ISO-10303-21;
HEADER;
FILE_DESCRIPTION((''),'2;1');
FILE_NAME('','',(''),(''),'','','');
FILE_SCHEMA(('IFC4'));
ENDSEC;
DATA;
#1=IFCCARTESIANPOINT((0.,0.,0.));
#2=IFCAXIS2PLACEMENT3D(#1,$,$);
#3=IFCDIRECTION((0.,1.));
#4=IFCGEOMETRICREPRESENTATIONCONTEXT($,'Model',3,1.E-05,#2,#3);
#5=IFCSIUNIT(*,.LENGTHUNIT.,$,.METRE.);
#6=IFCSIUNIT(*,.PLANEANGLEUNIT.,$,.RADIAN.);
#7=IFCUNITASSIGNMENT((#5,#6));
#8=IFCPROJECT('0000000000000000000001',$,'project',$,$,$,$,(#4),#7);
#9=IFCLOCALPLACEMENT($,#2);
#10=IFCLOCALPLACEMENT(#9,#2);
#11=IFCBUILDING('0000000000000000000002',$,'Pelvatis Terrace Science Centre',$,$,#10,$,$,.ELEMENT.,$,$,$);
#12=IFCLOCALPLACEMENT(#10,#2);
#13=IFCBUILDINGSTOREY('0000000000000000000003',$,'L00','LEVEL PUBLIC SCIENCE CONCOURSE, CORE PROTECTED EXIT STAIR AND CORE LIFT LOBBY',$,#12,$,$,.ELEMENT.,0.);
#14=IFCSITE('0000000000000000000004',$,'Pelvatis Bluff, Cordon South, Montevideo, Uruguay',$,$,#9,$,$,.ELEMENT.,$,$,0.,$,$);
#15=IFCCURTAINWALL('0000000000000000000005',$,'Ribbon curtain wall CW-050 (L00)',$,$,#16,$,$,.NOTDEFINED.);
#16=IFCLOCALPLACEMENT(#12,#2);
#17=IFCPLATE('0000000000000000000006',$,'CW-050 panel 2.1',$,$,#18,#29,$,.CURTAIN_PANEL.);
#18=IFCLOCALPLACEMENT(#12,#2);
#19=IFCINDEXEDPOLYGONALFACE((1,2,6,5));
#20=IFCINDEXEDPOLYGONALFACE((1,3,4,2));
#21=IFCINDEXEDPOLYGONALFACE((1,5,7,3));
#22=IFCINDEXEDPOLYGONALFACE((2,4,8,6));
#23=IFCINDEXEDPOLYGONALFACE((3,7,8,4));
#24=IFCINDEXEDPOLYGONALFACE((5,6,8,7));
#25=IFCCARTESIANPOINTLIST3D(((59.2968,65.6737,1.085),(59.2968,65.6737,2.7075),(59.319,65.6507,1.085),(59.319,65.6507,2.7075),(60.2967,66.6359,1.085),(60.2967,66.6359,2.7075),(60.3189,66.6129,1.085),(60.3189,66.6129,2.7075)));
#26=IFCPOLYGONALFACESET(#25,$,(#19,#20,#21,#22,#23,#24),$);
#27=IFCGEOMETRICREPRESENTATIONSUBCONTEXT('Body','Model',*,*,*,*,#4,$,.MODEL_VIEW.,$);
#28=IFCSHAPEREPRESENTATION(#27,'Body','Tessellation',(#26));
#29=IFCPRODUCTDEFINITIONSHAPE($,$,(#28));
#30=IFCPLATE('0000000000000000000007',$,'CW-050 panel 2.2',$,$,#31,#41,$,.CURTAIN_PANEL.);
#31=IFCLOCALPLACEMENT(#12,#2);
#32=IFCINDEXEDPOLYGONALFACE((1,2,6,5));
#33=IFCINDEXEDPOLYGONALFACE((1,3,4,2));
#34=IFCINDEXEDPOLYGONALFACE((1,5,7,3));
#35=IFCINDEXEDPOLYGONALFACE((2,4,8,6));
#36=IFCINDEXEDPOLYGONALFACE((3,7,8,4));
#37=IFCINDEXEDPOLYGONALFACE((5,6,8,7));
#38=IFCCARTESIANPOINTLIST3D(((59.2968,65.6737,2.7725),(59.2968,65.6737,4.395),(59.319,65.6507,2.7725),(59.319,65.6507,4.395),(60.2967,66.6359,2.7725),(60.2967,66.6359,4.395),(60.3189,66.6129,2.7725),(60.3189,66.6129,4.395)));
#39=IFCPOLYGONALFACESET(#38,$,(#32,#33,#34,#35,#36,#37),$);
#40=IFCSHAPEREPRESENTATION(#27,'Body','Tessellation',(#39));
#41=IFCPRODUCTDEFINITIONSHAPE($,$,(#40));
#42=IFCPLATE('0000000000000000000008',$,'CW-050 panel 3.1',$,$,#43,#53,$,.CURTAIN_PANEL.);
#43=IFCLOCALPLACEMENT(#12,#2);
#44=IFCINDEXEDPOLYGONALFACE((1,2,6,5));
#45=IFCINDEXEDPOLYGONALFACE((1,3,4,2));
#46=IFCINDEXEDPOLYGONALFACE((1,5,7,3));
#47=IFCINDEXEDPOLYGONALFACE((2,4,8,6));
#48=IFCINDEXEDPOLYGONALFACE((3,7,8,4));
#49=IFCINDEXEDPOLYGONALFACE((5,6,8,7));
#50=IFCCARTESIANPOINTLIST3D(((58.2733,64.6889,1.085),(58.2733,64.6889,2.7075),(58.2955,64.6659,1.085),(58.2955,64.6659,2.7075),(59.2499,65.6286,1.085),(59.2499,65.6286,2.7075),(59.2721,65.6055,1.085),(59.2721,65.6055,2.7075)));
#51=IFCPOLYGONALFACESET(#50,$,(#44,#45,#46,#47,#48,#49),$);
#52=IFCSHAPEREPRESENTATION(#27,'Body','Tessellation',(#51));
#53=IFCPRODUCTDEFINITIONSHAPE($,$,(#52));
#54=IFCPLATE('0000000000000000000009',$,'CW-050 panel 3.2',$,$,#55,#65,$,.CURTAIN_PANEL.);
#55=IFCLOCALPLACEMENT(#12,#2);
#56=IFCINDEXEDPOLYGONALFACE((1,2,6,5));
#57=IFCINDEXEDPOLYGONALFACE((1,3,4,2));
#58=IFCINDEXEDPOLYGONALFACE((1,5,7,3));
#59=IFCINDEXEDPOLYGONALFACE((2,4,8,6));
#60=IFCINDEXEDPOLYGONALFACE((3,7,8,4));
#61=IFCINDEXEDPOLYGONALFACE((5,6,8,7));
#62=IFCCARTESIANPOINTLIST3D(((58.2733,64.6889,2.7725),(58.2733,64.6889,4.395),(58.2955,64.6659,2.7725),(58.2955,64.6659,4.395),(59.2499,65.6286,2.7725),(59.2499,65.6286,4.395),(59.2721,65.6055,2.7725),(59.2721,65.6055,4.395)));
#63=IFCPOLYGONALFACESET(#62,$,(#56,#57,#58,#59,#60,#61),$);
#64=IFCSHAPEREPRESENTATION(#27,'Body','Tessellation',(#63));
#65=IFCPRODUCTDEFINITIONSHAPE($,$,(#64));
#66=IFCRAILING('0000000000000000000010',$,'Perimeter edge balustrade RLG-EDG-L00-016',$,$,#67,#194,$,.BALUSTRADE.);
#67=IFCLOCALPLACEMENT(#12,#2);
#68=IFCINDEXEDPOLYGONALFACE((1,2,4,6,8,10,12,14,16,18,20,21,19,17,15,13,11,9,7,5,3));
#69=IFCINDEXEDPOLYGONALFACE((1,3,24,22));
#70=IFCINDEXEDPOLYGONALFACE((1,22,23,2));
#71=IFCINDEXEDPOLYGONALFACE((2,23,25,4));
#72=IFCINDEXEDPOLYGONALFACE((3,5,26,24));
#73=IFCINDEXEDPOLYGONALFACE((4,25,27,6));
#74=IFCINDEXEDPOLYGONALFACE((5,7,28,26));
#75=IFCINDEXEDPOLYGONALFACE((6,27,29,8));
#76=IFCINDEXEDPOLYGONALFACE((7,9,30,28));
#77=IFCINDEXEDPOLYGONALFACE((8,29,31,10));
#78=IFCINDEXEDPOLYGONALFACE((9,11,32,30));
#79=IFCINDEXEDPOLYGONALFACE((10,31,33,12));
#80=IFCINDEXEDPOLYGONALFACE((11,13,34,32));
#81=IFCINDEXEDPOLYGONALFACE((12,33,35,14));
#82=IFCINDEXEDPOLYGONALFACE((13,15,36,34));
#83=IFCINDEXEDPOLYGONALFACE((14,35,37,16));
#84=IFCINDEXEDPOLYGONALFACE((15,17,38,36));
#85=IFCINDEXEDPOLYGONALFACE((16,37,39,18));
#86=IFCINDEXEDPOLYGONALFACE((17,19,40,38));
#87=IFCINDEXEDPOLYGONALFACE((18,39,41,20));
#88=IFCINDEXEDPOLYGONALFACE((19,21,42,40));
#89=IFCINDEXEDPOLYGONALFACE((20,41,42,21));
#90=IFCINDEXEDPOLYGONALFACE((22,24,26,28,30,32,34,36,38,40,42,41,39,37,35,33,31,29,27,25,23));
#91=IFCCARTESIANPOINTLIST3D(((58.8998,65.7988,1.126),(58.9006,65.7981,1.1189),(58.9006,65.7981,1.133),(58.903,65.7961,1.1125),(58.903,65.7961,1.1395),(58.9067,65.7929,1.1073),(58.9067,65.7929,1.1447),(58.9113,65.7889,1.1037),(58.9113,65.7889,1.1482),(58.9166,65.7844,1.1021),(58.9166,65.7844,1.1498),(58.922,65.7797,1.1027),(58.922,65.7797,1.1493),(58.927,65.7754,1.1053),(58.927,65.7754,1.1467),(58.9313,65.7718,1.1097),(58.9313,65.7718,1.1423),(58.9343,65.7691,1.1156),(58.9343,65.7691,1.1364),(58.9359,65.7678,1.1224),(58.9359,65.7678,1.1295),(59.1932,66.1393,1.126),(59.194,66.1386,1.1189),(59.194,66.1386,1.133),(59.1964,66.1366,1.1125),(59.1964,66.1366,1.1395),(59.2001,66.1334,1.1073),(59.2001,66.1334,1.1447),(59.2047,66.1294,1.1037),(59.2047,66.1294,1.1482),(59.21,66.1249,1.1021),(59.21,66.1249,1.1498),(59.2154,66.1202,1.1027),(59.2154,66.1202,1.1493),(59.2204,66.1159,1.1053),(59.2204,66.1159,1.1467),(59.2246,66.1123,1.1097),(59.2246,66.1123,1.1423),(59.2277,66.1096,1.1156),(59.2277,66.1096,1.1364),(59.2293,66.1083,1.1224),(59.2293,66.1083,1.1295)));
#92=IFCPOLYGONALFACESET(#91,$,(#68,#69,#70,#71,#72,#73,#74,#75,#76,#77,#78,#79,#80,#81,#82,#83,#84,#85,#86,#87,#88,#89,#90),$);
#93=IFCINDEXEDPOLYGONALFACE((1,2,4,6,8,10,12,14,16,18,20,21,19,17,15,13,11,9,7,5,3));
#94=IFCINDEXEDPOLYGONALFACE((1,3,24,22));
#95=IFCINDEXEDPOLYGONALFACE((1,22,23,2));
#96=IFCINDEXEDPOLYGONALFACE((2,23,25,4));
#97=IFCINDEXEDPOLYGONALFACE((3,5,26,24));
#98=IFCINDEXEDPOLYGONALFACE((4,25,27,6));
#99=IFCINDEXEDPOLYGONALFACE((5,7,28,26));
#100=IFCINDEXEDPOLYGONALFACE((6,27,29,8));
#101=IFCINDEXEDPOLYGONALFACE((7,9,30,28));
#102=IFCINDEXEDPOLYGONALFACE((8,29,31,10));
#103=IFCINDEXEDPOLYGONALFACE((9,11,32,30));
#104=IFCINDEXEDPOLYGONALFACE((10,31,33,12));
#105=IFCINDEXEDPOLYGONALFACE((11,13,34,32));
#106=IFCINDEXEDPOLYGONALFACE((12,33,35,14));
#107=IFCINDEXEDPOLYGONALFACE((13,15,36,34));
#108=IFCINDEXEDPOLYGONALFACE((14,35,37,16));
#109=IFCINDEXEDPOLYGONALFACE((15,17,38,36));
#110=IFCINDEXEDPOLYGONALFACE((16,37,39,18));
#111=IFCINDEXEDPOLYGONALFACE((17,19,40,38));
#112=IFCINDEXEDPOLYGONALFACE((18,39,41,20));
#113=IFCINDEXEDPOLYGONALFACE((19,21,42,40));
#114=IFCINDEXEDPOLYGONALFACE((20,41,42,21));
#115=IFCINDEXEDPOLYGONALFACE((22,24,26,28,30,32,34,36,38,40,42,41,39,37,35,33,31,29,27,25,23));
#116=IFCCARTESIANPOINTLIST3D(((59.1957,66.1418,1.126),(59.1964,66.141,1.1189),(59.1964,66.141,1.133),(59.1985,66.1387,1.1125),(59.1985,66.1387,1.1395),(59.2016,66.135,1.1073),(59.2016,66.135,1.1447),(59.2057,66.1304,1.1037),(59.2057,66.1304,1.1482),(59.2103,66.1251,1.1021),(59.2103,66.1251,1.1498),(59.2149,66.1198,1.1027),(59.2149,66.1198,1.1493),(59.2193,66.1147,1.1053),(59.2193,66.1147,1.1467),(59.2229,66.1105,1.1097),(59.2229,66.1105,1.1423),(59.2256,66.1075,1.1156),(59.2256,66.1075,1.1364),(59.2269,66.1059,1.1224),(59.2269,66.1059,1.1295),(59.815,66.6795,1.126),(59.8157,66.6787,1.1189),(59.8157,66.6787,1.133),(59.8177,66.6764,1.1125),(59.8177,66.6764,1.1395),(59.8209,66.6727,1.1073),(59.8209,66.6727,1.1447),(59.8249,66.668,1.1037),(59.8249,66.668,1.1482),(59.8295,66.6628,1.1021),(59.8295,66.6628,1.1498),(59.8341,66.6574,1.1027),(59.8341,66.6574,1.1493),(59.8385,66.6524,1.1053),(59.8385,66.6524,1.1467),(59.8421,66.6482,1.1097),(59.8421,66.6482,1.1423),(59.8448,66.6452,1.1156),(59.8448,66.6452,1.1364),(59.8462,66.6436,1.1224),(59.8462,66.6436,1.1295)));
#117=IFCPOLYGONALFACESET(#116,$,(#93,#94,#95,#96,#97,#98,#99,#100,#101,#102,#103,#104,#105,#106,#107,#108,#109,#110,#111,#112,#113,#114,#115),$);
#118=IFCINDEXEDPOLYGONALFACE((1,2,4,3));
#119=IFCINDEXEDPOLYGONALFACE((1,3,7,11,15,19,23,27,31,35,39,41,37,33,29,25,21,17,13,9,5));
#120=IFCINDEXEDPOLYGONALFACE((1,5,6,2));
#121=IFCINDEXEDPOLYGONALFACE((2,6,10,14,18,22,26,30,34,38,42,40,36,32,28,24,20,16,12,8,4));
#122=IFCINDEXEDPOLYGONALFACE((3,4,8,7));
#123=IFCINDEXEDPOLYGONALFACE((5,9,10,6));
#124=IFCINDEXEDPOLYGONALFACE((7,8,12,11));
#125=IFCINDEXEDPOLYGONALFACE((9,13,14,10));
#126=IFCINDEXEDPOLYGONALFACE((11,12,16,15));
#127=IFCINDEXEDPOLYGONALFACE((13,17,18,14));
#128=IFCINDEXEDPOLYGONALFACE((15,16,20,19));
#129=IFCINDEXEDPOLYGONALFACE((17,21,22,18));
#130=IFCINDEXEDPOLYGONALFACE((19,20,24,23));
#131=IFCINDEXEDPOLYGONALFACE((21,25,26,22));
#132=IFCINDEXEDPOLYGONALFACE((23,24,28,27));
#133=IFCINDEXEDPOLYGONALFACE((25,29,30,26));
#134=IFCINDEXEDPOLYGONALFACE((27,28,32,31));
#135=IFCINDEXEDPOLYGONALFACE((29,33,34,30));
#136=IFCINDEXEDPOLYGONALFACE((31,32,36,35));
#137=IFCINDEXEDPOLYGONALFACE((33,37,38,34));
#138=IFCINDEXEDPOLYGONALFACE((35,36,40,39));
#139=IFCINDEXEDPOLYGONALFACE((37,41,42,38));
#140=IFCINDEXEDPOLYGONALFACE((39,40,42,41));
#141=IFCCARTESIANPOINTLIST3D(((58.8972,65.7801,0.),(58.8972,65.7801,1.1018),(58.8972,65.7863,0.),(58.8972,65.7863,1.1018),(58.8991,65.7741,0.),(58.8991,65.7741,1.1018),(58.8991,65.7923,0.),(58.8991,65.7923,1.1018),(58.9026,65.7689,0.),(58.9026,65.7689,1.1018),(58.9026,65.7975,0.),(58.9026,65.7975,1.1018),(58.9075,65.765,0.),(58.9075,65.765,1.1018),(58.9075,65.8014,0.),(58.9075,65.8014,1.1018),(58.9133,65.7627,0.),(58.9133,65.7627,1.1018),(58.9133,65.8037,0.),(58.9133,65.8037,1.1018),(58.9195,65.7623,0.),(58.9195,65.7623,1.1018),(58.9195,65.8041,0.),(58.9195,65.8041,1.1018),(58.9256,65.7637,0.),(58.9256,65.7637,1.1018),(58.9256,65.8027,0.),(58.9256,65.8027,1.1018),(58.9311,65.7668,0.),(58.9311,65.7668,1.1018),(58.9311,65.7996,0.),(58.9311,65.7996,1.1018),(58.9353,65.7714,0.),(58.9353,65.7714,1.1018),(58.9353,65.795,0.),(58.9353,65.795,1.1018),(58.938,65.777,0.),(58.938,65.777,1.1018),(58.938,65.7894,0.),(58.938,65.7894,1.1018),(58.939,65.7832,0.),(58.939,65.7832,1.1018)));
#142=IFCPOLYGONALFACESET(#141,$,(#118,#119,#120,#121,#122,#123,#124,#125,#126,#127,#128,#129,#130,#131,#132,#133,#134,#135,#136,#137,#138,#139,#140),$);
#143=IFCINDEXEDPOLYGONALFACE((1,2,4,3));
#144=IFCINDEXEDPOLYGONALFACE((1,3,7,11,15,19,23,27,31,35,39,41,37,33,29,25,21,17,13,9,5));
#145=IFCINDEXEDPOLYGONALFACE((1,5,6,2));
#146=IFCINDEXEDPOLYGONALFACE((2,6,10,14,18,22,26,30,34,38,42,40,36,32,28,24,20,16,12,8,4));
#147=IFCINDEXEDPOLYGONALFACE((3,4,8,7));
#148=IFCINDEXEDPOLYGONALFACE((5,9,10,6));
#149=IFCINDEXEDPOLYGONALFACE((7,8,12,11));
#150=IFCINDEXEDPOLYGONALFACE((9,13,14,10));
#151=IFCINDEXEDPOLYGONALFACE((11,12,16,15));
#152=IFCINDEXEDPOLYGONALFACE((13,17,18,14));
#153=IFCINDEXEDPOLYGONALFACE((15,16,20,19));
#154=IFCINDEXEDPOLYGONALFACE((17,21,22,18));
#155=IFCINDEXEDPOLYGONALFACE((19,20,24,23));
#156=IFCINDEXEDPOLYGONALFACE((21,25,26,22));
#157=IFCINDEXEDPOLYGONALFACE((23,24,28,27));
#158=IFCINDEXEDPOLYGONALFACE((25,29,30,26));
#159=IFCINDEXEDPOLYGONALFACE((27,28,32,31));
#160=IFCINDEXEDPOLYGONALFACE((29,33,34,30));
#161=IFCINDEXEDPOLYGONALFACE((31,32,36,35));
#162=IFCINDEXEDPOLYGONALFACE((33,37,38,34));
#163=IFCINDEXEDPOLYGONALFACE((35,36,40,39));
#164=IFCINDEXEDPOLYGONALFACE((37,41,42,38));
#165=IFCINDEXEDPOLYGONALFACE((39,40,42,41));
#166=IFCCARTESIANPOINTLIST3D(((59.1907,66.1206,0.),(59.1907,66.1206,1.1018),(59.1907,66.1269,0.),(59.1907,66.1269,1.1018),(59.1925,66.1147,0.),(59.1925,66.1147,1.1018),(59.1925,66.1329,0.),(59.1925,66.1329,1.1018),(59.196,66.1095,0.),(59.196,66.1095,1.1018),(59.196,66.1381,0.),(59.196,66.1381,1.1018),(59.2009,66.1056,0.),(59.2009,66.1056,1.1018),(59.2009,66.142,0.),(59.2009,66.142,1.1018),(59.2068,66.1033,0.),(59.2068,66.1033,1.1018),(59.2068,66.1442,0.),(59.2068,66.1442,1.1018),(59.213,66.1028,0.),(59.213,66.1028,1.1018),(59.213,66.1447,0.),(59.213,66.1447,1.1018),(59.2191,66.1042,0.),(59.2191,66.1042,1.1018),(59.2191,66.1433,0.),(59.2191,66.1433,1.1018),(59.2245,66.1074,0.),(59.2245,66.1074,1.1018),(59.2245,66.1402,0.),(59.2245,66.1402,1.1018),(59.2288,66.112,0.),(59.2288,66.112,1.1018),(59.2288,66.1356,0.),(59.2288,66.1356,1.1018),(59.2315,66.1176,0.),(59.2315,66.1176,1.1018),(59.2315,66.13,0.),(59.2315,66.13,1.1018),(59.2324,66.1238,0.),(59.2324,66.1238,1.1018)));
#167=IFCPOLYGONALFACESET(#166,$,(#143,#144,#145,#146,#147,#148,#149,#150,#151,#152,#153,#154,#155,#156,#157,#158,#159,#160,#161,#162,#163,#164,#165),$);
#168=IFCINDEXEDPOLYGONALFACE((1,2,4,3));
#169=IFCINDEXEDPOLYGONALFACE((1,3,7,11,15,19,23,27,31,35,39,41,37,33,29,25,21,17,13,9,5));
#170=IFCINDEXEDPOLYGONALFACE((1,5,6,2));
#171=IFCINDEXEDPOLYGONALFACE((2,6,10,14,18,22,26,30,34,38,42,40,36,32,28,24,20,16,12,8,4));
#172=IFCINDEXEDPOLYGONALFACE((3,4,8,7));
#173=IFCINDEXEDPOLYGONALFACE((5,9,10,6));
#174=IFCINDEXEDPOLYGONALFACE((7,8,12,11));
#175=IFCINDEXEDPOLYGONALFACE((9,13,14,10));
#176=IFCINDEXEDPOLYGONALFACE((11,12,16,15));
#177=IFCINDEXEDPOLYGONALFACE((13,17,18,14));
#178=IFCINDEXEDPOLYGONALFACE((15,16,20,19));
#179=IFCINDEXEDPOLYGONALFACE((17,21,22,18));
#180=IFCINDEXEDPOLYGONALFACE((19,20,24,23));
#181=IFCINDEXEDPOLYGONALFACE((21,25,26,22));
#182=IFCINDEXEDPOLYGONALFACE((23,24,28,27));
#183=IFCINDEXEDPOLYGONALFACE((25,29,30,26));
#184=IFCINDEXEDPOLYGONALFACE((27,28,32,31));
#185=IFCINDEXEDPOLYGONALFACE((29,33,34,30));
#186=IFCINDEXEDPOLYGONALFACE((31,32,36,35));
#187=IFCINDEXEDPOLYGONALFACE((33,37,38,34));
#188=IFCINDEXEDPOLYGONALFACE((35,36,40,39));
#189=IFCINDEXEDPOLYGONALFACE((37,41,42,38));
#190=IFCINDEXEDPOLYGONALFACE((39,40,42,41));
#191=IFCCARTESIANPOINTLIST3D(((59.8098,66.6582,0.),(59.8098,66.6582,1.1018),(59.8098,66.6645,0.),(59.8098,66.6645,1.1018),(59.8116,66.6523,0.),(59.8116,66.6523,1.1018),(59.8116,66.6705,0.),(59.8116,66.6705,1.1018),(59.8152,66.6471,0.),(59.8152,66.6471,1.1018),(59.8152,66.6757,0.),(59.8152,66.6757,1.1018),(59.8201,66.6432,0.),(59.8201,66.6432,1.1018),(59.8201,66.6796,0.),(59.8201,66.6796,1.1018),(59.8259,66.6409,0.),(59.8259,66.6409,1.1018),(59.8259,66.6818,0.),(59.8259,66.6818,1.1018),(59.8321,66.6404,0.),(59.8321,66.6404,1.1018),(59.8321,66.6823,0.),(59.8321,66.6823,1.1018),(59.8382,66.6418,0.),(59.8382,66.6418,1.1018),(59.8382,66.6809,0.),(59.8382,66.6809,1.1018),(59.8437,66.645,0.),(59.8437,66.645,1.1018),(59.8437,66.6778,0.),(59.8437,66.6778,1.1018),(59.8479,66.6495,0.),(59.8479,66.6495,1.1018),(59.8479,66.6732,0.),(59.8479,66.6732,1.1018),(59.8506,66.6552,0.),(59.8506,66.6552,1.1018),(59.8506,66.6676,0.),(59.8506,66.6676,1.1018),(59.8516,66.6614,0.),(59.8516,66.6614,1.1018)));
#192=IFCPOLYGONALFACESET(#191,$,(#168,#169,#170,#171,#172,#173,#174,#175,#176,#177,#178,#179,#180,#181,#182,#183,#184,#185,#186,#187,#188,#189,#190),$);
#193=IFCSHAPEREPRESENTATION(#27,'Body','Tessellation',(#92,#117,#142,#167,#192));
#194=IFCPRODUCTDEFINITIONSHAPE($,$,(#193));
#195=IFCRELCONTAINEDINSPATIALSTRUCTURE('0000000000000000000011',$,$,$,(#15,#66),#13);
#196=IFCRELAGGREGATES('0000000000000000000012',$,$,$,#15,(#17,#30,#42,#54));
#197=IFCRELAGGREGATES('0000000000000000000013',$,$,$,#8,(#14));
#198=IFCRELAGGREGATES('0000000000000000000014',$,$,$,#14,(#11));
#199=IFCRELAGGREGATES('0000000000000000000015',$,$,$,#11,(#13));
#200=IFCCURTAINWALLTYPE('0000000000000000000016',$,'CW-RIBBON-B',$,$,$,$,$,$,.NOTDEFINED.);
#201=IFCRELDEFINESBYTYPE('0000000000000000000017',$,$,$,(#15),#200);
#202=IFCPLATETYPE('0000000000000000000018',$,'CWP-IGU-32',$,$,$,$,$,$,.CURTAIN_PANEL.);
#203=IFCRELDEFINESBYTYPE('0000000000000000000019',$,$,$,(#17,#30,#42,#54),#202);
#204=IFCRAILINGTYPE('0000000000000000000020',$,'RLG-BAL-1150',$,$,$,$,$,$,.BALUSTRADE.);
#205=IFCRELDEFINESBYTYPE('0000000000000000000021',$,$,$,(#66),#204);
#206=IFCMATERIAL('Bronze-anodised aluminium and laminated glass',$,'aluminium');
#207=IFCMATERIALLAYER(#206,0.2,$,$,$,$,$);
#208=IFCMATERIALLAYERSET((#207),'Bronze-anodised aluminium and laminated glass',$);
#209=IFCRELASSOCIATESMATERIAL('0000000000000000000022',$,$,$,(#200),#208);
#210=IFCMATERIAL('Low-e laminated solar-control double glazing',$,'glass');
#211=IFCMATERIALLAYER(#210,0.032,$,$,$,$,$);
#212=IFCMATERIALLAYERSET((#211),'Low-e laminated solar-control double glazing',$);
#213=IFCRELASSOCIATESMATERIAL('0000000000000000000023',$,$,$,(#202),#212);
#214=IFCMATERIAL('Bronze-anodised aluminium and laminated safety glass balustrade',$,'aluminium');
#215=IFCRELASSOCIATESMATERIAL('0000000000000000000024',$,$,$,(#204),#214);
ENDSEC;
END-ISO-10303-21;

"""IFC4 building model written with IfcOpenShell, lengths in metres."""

from ifc_helpers import new_model, si_unit, direction, frame, origin, origin_2d, place, context, subcontext, project, spatial, rectangle, circle, extrude, material, layer, layer_set, type_object, element, aggregate, save


model = new_model("IFC4")

# Units and contexts
model_context = context("Model", 3, precision=1e-05, world=origin(), true_north=direction((0.0, 1.0)))
body_context = subcontext(model_context, "Body", "Model", "MODEL_VIEW")
ifc_project = project(units=[si_unit("LENGTHUNIT", "METRE"), si_unit("PLANEANGLEUNIT", "RADIAN")], contexts=[model_context])

# Site, building, storey
site_placement = place(None, origin())
site = spatial("IfcSite", under=ifc_project, at=site_placement, Name="Pelvatis Bluff, Cordon South, Montevideo, Uruguay", CompositionType="ELEMENT", RefElevation=0.0)
building_placement = place(site_placement, origin())
building = spatial("IfcBuilding", under=site, at=building_placement, Name="Pelvatis Terrace Science Centre", CompositionType="ELEMENT")
storey_placement = place(building_placement, origin())
storey = spatial("IfcBuildingStorey", under=building, at=storey_placement, Name="L00", Description="LEVEL PUBLIC SCIENCE CONCOURSE, CORE PROTECTED EXIT STAIR AND CORE LIFT LOBBY", CompositionType="ELEMENT", Elevation=0.0)

# Curtain wall, plates
ifc_material_1 = material(Name="Bronze-anodised aluminium and laminated glass", Category="aluminium")
ifc_layer_1 = layer(ifc_material_1, 0.2)
ifc_layer_set_1 = layer_set([ifc_layer_1], Name="Bronze-anodised aluminium and laminated glass")
curtain_wall_type = type_object("IfcCurtainWallType", Name="CW-RIBBON-B", PredefinedType="NOTDEFINED", material=ifc_layer_set_1)
curtain_wall_placement = place(storey_placement, origin())
curtain_wall = element("IfcCurtainWall", 1, at=curtain_wall_placement, inside=storey, type_object=curtain_wall_type, Name="Ribbon curtain wall CW-050 (L00)", PredefinedType="NOTDEFINED")
ifc_material_2 = material(Name="Low-e laminated solar-control double glazing", Category="glass")
ifc_layer_2 = layer(ifc_material_2, 0.032)
ifc_layer_set_2 = layer_set([ifc_layer_2], Name="Low-e laminated solar-control double glazing")
plate_type = type_object("IfcPlateType", Name="CWP-IGU-32", PredefinedType="CURTAIN_PANEL", material=ifc_layer_set_2)
plate_1_placement = place(storey_placement, frame((59.8079, 66.1433, 1.085), z_axis=(0.0, 0.0, 1.0), x_axis=(-0.720583, -0.693369, 0.0)))
plate_1 = element("IfcPlate", 2, at=plate_1_placement, type_object=plate_type, Name="CW-050 panel 2.1", PredefinedType="CURTAIN_PANEL", context=body_context, shape_type="SweptSolid", body=[
    extrude(rectangle(XDim=1.3877, YDim=0.032, at=origin_2d()), origin(), (0.0, 0.0, 1.0), 1.6226),
])
plate_2_placement = place(storey_placement, frame((59.8079, 66.1433, 2.7725), z_axis=(0.0, 0.0, 1.0), x_axis=(-0.720583, -0.693369, 0.0)))
plate_2 = element("IfcPlate", 3, at=plate_2_placement, type_object=plate_type, Name="CW-050 panel 2.2", PredefinedType="CURTAIN_PANEL", context=body_context, shape_type="SweptSolid", body=[
    extrude(rectangle(XDim=1.3877, YDim=0.032, at=origin_2d()), origin(), (0.0, 0.0, 1.0), 1.6226),
])
plate_3_placement = place(storey_placement, frame((58.7727, 65.1472, 1.085), z_axis=(0.0, 0.0, 1.0), x_axis=(-0.720583, -0.693369, 0.0)))
plate_3 = element("IfcPlate", 4, at=plate_3_placement, type_object=plate_type, Name="CW-050 panel 3.1", PredefinedType="CURTAIN_PANEL", context=body_context, shape_type="SweptSolid", body=[
    extrude(rectangle(XDim=1.3552, YDim=0.032, at=origin_2d()), origin(), (0.0, 0.0, 1.0), 1.6226),
])
plate_4_placement = place(storey_placement, frame((58.7727, 65.1472, 2.7725), z_axis=(0.0, 0.0, 1.0), x_axis=(-0.720583, -0.693369, 0.0)))
plate_4 = element("IfcPlate", 5, at=plate_4_placement, type_object=plate_type, Name="CW-050 panel 3.2", PredefinedType="CURTAIN_PANEL", context=body_context, shape_type="SweptSolid", body=[
    extrude(rectangle(XDim=1.3552, YDim=0.032, at=origin_2d()), origin(), (0.0, 0.0, 1.0), 1.6226),
])
aggregate(curtain_wall, [plate_1, plate_2, plate_3, plate_4])

# Railing
ifc_material_3 = material(Name="Bronze-anodised aluminium and laminated safety glass balustrade", Category="aluminium")
railing_type = type_object("IfcRailingType", Name="RLG-BAL-1150", PredefinedType="BALUSTRADE", material=ifc_material_3)
railing_placement = place(storey_placement, frame((58.918, 65.7832, 0.0)))
element("IfcRailing", 6, at=railing_placement, inside=storey, type_object=railing_type, Name="Perimeter edge balustrade RLG-EDG-L00-016", PredefinedType="BALUSTRADE", context=body_context, shape_type="SweptSolid", body=[
    extrude(circle(Radius=0.0239, at=origin_2d()), frame((0.0, 0.0, 1.126), z_axis=(0.652757, 0.757567, 0.0), x_axis=(-0.757567, 0.652757, 0.0)), (0.0, 0.0, 1.0), 0.4495),
    extrude(circle(Radius=0.0239, at=origin_2d()), frame((0.2935, 0.3406, 1.126), z_axis=(0.75508, 0.655633, 0.0), x_axis=(-0.655633, 0.75508, 0.0)), (0.0, 0.0, 1.0), 0.8201),
    extrude(circle(Radius=0.021, at=origin_2d()), origin(), (0.0, 0.0, 1.0), 1.1018),
    extrude(circle(Radius=0.021, at=origin_2d()), frame((0.2935, 0.3406, 0.0)), (0.0, 0.0, 1.0), 1.1018),
    extrude(circle(Radius=0.021, at=origin_2d()), frame((0.9126, 0.8782, 0.0)), (0.0, 0.0, 1.0), 1.1018),
])

save(model, "model.ifc")
